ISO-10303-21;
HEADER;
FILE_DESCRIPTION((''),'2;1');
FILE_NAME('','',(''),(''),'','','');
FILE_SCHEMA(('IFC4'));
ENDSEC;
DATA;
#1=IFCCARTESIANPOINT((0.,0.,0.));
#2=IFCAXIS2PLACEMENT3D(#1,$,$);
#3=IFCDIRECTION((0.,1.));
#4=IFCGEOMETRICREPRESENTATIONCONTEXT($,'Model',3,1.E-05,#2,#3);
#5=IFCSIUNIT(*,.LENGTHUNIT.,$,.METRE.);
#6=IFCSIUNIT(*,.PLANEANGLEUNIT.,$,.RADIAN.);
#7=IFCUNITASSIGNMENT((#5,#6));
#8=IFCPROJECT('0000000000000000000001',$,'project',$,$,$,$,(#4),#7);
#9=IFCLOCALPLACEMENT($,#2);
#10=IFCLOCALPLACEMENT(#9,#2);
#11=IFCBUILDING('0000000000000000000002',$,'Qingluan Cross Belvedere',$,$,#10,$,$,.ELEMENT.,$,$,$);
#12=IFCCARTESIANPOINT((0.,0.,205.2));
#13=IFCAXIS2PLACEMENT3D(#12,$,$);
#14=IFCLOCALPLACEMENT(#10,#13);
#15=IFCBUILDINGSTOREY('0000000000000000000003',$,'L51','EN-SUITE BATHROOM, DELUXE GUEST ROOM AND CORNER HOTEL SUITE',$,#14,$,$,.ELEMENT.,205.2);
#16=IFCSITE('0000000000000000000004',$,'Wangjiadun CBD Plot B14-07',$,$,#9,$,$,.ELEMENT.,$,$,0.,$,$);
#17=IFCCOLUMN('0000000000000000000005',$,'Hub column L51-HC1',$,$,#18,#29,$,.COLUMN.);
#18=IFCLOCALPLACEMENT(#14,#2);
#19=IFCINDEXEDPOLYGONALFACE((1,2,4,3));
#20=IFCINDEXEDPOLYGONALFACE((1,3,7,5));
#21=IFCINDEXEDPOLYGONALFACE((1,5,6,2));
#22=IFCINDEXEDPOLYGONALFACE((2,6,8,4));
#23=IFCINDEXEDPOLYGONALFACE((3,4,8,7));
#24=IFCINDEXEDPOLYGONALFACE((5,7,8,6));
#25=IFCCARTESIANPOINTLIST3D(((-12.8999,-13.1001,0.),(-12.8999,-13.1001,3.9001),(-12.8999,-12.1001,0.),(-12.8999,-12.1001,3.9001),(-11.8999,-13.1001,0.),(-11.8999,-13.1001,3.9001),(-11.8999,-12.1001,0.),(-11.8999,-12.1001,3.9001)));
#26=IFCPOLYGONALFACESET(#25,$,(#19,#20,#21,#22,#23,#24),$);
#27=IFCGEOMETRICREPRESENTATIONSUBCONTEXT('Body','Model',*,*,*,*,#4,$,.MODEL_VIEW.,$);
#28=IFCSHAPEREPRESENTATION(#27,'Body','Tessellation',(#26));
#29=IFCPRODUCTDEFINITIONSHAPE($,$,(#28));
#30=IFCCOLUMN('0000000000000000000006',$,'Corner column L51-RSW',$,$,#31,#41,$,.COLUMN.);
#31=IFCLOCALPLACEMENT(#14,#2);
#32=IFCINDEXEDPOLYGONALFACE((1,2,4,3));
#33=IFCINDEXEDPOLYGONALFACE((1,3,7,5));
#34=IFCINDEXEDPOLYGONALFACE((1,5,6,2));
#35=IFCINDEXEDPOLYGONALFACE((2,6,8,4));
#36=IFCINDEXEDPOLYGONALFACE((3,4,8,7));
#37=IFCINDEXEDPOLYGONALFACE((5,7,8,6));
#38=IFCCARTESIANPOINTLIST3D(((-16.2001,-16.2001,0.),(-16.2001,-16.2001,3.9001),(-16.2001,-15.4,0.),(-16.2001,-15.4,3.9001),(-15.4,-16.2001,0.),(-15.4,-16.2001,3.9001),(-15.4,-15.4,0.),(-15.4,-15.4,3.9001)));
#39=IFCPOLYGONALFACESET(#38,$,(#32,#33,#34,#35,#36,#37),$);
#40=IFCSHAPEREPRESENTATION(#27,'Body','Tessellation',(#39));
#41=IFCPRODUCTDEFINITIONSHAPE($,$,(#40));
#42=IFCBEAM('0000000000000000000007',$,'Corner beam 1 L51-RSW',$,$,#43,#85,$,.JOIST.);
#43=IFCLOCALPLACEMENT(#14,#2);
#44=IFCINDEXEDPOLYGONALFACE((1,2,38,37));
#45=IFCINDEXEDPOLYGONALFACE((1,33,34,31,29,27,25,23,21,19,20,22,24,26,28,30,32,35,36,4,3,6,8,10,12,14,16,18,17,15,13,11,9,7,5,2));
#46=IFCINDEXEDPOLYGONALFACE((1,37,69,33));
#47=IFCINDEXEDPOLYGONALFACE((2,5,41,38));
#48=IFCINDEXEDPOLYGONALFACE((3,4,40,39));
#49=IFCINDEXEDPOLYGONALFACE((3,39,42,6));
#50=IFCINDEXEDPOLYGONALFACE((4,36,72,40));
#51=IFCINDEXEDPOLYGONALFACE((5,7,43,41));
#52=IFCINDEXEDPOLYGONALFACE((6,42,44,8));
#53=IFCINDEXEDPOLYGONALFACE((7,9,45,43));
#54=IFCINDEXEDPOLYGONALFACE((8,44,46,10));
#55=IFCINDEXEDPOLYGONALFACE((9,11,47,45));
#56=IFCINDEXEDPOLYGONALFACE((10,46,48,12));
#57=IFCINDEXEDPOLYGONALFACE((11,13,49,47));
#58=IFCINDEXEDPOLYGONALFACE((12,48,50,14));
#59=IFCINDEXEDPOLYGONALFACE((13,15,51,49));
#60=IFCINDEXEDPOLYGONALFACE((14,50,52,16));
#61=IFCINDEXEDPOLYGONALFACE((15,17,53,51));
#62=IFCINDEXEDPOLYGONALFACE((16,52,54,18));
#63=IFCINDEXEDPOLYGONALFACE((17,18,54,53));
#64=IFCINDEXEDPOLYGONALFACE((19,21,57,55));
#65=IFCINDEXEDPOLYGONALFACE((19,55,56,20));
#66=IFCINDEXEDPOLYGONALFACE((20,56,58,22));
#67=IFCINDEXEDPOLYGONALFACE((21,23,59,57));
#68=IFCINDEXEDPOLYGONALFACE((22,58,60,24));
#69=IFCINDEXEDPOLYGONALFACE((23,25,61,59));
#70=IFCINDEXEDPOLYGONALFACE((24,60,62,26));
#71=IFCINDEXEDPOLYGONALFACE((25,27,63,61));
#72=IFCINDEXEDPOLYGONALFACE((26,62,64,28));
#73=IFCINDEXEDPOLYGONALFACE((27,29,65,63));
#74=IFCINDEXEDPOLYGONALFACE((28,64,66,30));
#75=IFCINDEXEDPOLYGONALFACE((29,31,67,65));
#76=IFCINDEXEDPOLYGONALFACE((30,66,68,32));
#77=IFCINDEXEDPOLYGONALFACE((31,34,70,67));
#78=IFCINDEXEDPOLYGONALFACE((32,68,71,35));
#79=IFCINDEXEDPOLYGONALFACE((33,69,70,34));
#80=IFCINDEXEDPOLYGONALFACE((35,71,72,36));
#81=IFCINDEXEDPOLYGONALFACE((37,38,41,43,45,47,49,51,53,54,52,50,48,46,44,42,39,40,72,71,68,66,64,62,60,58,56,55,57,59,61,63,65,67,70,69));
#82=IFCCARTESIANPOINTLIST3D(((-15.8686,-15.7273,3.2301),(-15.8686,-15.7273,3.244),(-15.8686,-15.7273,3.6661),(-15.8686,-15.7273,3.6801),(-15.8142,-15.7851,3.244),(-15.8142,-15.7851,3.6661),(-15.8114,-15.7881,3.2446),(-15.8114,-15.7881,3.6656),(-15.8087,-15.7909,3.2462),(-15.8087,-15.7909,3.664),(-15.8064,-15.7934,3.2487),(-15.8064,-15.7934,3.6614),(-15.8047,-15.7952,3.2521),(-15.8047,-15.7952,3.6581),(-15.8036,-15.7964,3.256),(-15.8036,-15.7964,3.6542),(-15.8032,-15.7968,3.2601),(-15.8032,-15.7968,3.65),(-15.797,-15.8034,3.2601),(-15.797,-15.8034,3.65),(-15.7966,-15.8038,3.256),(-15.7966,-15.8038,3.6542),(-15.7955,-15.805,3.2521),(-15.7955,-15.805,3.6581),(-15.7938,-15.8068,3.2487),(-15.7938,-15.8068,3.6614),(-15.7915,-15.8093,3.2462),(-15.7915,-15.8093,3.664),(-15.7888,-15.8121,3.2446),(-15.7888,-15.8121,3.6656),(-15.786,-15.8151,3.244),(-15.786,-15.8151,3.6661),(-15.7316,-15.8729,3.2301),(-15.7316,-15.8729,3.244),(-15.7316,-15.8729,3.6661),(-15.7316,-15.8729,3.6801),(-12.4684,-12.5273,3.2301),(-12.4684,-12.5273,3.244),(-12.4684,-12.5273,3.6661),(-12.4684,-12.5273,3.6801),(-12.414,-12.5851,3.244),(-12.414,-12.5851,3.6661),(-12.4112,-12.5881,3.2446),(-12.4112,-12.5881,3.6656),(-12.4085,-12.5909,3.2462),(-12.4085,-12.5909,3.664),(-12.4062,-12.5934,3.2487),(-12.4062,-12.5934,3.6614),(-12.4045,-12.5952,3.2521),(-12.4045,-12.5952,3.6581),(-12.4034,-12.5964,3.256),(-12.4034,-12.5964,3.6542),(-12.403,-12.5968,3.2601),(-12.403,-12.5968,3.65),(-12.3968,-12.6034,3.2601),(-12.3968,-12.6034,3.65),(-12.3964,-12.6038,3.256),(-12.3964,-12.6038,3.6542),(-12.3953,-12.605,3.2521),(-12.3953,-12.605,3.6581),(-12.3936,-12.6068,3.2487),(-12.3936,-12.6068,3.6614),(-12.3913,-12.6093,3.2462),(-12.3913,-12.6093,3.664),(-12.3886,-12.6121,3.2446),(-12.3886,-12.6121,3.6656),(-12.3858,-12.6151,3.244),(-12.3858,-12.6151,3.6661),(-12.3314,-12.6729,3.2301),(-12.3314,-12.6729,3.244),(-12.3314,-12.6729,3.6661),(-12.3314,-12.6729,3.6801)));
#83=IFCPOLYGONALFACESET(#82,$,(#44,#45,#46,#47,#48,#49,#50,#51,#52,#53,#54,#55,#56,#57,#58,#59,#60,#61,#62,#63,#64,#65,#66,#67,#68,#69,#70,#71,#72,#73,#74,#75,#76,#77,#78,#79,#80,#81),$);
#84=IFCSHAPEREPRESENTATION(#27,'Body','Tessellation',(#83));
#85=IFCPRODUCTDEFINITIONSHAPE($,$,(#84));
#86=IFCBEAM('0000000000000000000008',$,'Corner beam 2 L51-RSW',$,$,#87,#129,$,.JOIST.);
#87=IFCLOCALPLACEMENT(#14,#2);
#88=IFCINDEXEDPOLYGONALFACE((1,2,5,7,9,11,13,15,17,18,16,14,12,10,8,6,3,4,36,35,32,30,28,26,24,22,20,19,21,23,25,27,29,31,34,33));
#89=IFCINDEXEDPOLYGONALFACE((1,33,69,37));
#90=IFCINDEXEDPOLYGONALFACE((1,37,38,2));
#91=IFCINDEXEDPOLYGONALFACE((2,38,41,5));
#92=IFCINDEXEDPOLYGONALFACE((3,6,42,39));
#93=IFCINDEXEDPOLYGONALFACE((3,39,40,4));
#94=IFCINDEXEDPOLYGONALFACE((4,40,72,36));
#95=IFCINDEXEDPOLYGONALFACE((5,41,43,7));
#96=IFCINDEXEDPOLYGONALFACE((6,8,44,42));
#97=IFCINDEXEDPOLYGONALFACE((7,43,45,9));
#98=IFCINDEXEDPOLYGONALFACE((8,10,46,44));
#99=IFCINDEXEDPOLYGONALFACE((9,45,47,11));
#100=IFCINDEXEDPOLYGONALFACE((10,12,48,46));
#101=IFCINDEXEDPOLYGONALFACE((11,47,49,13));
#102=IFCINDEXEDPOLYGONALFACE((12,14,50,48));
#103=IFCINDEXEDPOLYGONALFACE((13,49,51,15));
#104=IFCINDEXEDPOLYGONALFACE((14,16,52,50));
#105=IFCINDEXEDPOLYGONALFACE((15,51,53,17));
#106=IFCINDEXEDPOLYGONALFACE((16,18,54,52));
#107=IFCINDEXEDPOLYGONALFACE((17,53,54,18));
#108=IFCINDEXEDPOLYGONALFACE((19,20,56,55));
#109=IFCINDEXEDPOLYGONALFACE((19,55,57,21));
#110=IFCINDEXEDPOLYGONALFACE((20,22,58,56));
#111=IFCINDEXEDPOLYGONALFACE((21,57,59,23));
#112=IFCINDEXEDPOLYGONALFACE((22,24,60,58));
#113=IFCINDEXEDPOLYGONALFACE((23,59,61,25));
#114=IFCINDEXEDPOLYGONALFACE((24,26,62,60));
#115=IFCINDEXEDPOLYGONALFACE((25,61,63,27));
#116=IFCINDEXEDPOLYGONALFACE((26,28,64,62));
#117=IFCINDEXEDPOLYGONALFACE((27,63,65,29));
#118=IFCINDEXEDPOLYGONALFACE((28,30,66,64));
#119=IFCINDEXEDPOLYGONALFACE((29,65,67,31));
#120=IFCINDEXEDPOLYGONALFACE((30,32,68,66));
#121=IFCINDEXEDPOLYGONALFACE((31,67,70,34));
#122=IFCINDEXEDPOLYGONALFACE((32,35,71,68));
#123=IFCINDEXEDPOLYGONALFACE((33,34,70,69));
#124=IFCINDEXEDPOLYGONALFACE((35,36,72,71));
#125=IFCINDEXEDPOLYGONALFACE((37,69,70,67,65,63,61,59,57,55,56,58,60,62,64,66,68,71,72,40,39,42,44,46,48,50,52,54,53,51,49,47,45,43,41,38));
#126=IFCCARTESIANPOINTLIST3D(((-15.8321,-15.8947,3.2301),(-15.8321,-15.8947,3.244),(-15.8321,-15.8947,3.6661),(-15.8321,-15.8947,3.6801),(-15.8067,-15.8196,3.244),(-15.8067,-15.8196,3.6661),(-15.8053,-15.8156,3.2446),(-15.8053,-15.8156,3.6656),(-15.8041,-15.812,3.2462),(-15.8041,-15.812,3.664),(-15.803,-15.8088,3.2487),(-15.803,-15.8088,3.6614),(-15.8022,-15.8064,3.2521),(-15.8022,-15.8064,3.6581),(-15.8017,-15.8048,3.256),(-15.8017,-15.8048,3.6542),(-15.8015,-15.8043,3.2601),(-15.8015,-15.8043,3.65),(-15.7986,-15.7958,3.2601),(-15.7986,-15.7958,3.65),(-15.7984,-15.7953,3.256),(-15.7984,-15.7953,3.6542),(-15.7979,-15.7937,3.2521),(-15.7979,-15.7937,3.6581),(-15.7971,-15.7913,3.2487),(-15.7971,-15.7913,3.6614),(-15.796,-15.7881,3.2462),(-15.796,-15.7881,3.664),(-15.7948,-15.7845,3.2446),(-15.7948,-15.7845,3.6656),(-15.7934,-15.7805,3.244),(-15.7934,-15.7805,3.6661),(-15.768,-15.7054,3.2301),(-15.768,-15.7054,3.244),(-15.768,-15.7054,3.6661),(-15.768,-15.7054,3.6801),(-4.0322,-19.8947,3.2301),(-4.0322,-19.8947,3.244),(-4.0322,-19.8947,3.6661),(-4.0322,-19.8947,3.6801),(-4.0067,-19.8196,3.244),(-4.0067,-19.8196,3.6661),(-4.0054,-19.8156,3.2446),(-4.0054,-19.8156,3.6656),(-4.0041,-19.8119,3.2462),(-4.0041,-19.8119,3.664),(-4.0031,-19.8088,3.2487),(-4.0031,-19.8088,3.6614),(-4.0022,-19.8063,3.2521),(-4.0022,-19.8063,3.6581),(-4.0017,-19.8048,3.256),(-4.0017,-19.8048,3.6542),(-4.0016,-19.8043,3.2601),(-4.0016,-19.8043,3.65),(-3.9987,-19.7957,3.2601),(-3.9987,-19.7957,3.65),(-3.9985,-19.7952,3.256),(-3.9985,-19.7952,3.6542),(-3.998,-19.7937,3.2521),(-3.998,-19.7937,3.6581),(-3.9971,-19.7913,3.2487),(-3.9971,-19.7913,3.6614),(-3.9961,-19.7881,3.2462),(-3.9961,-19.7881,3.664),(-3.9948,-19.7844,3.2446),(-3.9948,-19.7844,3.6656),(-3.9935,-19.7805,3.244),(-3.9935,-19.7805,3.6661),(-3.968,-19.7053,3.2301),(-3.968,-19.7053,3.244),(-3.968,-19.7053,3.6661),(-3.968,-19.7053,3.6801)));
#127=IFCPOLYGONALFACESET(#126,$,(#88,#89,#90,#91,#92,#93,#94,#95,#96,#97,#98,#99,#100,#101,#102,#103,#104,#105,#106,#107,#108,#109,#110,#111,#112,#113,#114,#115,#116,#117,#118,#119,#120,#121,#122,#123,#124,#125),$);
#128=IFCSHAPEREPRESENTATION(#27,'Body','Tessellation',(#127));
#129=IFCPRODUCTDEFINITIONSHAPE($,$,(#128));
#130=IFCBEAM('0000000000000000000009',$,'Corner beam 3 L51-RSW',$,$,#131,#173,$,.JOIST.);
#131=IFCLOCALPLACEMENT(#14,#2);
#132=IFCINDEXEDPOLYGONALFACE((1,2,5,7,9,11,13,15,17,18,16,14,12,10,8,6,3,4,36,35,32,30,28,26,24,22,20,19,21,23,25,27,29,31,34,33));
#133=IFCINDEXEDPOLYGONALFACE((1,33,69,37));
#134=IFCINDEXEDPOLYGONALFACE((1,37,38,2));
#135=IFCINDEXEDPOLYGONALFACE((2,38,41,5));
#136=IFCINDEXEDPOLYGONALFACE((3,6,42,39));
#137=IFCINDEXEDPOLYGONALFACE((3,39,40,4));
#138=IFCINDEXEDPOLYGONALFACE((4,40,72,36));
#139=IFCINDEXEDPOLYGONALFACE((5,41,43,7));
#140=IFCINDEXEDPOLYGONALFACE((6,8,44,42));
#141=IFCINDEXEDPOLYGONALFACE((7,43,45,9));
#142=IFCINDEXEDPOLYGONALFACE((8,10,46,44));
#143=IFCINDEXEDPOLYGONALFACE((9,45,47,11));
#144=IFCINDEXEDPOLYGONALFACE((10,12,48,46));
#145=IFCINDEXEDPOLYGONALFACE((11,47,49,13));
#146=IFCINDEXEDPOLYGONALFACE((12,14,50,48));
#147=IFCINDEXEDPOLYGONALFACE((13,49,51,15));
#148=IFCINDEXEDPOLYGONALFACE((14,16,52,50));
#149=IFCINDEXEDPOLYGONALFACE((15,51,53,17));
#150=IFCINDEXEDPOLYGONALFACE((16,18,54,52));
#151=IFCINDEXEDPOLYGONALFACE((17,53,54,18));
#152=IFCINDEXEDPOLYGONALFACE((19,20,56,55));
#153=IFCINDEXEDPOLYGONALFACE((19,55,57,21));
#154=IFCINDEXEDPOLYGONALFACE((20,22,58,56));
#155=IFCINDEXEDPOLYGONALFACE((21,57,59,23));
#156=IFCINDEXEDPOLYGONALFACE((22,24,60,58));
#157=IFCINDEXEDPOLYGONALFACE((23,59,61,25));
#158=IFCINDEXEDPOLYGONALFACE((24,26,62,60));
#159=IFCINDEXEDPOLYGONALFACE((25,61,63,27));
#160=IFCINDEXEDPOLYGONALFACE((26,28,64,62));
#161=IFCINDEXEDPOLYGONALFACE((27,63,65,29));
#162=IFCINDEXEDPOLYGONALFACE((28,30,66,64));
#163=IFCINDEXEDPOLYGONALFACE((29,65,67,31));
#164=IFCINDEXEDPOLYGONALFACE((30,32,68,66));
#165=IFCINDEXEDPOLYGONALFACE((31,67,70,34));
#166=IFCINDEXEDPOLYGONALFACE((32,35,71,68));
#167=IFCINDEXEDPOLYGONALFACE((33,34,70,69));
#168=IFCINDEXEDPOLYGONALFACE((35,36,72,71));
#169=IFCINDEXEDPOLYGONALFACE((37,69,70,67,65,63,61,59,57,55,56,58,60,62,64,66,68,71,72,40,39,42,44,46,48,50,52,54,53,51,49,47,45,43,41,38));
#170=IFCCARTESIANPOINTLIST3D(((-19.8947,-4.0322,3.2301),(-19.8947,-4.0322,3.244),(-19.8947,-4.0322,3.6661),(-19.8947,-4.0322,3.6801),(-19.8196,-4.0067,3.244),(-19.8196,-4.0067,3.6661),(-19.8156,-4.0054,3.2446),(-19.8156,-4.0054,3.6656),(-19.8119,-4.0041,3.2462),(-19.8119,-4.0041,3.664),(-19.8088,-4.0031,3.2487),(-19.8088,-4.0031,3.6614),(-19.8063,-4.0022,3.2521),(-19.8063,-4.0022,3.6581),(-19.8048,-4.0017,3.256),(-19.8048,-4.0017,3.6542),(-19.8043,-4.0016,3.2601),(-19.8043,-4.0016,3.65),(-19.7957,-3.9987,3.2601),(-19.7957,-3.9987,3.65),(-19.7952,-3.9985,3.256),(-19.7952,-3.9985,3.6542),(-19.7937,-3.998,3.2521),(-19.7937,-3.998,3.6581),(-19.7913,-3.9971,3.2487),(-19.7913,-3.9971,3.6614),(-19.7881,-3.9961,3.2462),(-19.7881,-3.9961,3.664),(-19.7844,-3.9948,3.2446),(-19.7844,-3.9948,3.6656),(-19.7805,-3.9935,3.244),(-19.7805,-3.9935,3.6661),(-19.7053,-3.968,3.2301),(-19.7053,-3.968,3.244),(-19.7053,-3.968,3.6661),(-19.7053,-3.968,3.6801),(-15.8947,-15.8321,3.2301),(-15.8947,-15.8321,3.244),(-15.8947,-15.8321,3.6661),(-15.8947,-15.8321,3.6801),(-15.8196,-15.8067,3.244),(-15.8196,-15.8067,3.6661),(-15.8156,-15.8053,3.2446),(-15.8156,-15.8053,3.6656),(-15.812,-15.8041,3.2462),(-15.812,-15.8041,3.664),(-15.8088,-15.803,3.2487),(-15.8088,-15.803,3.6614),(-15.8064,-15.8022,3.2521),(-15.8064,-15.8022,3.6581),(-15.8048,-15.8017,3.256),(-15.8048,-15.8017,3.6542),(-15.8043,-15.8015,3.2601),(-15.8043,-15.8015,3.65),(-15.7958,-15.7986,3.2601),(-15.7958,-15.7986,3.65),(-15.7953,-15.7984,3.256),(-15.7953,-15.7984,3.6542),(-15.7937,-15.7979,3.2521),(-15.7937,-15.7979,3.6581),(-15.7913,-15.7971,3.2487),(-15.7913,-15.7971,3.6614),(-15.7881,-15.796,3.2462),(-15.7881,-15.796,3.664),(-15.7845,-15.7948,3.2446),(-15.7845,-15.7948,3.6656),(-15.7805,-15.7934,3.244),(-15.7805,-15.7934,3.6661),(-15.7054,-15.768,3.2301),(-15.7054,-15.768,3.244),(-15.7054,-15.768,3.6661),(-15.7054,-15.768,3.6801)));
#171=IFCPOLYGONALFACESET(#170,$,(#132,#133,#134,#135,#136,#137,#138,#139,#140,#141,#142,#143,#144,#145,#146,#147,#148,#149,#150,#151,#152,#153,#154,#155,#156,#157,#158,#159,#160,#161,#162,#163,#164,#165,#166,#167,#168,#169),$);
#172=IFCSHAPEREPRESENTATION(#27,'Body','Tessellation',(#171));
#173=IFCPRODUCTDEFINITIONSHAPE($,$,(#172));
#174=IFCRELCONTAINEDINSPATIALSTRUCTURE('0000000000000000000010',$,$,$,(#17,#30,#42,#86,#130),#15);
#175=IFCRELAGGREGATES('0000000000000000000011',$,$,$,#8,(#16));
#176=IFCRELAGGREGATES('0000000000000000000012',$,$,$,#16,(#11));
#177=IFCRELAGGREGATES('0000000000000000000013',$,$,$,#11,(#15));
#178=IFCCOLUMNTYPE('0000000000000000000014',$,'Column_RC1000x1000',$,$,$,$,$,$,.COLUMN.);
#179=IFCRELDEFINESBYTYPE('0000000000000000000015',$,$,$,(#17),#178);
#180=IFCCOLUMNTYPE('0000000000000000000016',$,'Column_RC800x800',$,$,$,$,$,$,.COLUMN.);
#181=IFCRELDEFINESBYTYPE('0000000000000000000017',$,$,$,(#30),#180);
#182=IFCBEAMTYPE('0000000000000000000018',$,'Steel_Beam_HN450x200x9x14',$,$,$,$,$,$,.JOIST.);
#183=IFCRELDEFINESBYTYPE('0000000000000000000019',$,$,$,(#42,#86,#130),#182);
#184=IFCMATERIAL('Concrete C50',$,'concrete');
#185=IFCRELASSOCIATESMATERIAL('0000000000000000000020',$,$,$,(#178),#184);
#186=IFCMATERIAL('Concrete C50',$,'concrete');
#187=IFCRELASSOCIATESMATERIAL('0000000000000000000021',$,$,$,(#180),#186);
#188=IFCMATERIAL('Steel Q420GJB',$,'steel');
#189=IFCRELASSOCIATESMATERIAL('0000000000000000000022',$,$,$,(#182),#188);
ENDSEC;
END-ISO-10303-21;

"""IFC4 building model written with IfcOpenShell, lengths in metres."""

from ifc_helpers import new_model, si_unit, direction, frame, origin, origin_2d, place, context, subcontext, project, spatial, rectangle, i_section, extrude, material, material_profile, profile_set, type_object, element, save


model = new_model("IFC4")

# Units and contexts
model_context = context("Model", 3, precision=1e-05, world=origin(), true_north=direction((0.0, 1.0)))
body_context = subcontext(model_context, "Body", "Model", "MODEL_VIEW")
ifc_project = project(units=[si_unit("LENGTHUNIT", "METRE"), si_unit("PLANEANGLEUNIT", "RADIAN")], contexts=[model_context])

# Site, building, storey
site_placement = place(None, origin())
site = spatial("IfcSite", under=ifc_project, at=site_placement, Name="Wangjiadun CBD Plot B14-07", CompositionType="ELEMENT", RefElevation=0.0)
building_placement = place(site_placement, origin())
building = spatial("IfcBuilding", under=site, at=building_placement, Name="Qingluan Cross Belvedere", CompositionType="ELEMENT")
storey_placement = place(building_placement, frame((0.0, 0.0, 205.2)))
storey = spatial("IfcBuildingStorey", under=building, at=storey_placement, Name="L51", Description="EN-SUITE BATHROOM, DELUXE GUEST ROOM AND CORNER HOTEL SUITE", CompositionType="ELEMENT", Elevation=205.2)

# Columns
ifc_material_1 = material(Name="Concrete C50", Category="concrete")
ifc_material_profile_1 = material_profile(ifc_material_1, rectangle(XDim=1.0, YDim=1.0, at=origin_2d()), Name="RC1000x1000")
ifc_profile_set_1 = profile_set([ifc_material_profile_1], Name="Concrete C50")
column_type_1 = type_object("IfcColumnType", Name="Column_RC1000x1000", PredefinedType="COLUMN", material=ifc_profile_set_1)
column_1_placement = place(storey_placement, frame((-12.3999, -12.6001, 0.0), z_axis=(0.0, 0.0, 1.0), x_axis=(1.0, 0.0, 0.0)))
element("IfcColumn", 1, at=column_1_placement, inside=storey, type_object=column_type_1, Name="Hub column L51-HC1", PredefinedType="COLUMN", context=body_context, shape_type="SweptSolid", body=[
    extrude(rectangle(XDim=1.0, YDim=1.0, at=origin_2d()), origin(), (0.0, 0.0, 1.0), 3.9001),
])
ifc_material_2 = material(Name="Concrete C50", Category="concrete")
ifc_material_profile_2 = material_profile(ifc_material_2, rectangle(XDim=0.8, YDim=0.8, at=origin_2d()), Name="RC800x800")
ifc_profile_set_2 = profile_set([ifc_material_profile_2], Name="Concrete C50")
column_type_2 = type_object("IfcColumnType", Name="Column_RC800x800", PredefinedType="COLUMN", material=ifc_profile_set_2)
column_2_placement = place(storey_placement, frame((-15.8, -15.8, 0.0), z_axis=(0.0, 0.0, 1.0), x_axis=(1.0, 0.0, 0.0)))
element("IfcColumn", 2, at=column_2_placement, inside=storey, type_object=column_type_2, Name="Corner column L51-RSW", PredefinedType="COLUMN", context=body_context, shape_type="SweptSolid", body=[
    extrude(rectangle(XDim=0.8, YDim=0.8, at=origin_2d()), origin(), (0.0, 0.0, 1.0), 3.9001),
])

# Beams
ifc_material_3 = material(Name="Steel Q420GJB", Category="steel")
ifc_material_profile_3 = material_profile(ifc_material_3, i_section(OverallWidth=0.2, OverallDepth=0.45, WebThickness=0.009, FlangeThickness=0.0139, FilletRadius=0.0161, at=origin_2d()), Name="HN450x200x9x14")
ifc_profile_set_3 = profile_set([ifc_material_profile_3], Name="Steel Q420GJB")
beam_type_1 = type_object("IfcBeamType", Name="Steel_Beam_HN450x200x9x14", PredefinedType="JOIST", material=ifc_profile_set_3)
beam_1_placement = place(storey_placement, frame((-12.3999, -12.6001, 3.4551), z_axis=(-0.72822, -0.685343, 0.0), x_axis=(0.685343, -0.72822, 0.0)))
element("IfcBeam", 3, at=beam_1_placement, inside=storey, type_object=beam_type_1, Name="Corner beam 1 L51-RSW", PredefinedType="JOIST", context=body_context, shape_type="SweptSolid", body=[
    extrude(i_section(OverallWidth=0.2, OverallDepth=0.45, WebThickness=0.009, FlangeThickness=0.0139, FilletRadius=0.0161, at=origin_2d()), origin(), (0.0, 0.0, 1.0), 4.6692),
])
for number, where, z_axis, x_axis, name in (
    (4, (-15.8, -15.8, 3.4551), (0.947066, -0.321038, 0.0), (0.321038, 0.947066, 0.0), "Corner beam 2 L51-RSW"),
    (5, (-15.8, -15.8, 3.4551), (-0.321038, 0.947066, 0.0), (-0.947066, -0.321038, 0.0), "Corner beam 3 L51-RSW"),
):
    element("IfcBeam", number, at=place(storey_placement, frame(where, z_axis=z_axis, x_axis=x_axis)), inside=storey, type_object=beam_type_1, Name=name, PredefinedType="JOIST", context=body_context, shape_type="SweptSolid", body=[
        extrude(i_section(OverallWidth=0.2, OverallDepth=0.45, WebThickness=0.009, FlangeThickness=0.0139, FilletRadius=0.0161, at=origin_2d()), origin(), (0.0, 0.0, 1.0), 12.4595),
    ])

save(model, "model.ifc")
